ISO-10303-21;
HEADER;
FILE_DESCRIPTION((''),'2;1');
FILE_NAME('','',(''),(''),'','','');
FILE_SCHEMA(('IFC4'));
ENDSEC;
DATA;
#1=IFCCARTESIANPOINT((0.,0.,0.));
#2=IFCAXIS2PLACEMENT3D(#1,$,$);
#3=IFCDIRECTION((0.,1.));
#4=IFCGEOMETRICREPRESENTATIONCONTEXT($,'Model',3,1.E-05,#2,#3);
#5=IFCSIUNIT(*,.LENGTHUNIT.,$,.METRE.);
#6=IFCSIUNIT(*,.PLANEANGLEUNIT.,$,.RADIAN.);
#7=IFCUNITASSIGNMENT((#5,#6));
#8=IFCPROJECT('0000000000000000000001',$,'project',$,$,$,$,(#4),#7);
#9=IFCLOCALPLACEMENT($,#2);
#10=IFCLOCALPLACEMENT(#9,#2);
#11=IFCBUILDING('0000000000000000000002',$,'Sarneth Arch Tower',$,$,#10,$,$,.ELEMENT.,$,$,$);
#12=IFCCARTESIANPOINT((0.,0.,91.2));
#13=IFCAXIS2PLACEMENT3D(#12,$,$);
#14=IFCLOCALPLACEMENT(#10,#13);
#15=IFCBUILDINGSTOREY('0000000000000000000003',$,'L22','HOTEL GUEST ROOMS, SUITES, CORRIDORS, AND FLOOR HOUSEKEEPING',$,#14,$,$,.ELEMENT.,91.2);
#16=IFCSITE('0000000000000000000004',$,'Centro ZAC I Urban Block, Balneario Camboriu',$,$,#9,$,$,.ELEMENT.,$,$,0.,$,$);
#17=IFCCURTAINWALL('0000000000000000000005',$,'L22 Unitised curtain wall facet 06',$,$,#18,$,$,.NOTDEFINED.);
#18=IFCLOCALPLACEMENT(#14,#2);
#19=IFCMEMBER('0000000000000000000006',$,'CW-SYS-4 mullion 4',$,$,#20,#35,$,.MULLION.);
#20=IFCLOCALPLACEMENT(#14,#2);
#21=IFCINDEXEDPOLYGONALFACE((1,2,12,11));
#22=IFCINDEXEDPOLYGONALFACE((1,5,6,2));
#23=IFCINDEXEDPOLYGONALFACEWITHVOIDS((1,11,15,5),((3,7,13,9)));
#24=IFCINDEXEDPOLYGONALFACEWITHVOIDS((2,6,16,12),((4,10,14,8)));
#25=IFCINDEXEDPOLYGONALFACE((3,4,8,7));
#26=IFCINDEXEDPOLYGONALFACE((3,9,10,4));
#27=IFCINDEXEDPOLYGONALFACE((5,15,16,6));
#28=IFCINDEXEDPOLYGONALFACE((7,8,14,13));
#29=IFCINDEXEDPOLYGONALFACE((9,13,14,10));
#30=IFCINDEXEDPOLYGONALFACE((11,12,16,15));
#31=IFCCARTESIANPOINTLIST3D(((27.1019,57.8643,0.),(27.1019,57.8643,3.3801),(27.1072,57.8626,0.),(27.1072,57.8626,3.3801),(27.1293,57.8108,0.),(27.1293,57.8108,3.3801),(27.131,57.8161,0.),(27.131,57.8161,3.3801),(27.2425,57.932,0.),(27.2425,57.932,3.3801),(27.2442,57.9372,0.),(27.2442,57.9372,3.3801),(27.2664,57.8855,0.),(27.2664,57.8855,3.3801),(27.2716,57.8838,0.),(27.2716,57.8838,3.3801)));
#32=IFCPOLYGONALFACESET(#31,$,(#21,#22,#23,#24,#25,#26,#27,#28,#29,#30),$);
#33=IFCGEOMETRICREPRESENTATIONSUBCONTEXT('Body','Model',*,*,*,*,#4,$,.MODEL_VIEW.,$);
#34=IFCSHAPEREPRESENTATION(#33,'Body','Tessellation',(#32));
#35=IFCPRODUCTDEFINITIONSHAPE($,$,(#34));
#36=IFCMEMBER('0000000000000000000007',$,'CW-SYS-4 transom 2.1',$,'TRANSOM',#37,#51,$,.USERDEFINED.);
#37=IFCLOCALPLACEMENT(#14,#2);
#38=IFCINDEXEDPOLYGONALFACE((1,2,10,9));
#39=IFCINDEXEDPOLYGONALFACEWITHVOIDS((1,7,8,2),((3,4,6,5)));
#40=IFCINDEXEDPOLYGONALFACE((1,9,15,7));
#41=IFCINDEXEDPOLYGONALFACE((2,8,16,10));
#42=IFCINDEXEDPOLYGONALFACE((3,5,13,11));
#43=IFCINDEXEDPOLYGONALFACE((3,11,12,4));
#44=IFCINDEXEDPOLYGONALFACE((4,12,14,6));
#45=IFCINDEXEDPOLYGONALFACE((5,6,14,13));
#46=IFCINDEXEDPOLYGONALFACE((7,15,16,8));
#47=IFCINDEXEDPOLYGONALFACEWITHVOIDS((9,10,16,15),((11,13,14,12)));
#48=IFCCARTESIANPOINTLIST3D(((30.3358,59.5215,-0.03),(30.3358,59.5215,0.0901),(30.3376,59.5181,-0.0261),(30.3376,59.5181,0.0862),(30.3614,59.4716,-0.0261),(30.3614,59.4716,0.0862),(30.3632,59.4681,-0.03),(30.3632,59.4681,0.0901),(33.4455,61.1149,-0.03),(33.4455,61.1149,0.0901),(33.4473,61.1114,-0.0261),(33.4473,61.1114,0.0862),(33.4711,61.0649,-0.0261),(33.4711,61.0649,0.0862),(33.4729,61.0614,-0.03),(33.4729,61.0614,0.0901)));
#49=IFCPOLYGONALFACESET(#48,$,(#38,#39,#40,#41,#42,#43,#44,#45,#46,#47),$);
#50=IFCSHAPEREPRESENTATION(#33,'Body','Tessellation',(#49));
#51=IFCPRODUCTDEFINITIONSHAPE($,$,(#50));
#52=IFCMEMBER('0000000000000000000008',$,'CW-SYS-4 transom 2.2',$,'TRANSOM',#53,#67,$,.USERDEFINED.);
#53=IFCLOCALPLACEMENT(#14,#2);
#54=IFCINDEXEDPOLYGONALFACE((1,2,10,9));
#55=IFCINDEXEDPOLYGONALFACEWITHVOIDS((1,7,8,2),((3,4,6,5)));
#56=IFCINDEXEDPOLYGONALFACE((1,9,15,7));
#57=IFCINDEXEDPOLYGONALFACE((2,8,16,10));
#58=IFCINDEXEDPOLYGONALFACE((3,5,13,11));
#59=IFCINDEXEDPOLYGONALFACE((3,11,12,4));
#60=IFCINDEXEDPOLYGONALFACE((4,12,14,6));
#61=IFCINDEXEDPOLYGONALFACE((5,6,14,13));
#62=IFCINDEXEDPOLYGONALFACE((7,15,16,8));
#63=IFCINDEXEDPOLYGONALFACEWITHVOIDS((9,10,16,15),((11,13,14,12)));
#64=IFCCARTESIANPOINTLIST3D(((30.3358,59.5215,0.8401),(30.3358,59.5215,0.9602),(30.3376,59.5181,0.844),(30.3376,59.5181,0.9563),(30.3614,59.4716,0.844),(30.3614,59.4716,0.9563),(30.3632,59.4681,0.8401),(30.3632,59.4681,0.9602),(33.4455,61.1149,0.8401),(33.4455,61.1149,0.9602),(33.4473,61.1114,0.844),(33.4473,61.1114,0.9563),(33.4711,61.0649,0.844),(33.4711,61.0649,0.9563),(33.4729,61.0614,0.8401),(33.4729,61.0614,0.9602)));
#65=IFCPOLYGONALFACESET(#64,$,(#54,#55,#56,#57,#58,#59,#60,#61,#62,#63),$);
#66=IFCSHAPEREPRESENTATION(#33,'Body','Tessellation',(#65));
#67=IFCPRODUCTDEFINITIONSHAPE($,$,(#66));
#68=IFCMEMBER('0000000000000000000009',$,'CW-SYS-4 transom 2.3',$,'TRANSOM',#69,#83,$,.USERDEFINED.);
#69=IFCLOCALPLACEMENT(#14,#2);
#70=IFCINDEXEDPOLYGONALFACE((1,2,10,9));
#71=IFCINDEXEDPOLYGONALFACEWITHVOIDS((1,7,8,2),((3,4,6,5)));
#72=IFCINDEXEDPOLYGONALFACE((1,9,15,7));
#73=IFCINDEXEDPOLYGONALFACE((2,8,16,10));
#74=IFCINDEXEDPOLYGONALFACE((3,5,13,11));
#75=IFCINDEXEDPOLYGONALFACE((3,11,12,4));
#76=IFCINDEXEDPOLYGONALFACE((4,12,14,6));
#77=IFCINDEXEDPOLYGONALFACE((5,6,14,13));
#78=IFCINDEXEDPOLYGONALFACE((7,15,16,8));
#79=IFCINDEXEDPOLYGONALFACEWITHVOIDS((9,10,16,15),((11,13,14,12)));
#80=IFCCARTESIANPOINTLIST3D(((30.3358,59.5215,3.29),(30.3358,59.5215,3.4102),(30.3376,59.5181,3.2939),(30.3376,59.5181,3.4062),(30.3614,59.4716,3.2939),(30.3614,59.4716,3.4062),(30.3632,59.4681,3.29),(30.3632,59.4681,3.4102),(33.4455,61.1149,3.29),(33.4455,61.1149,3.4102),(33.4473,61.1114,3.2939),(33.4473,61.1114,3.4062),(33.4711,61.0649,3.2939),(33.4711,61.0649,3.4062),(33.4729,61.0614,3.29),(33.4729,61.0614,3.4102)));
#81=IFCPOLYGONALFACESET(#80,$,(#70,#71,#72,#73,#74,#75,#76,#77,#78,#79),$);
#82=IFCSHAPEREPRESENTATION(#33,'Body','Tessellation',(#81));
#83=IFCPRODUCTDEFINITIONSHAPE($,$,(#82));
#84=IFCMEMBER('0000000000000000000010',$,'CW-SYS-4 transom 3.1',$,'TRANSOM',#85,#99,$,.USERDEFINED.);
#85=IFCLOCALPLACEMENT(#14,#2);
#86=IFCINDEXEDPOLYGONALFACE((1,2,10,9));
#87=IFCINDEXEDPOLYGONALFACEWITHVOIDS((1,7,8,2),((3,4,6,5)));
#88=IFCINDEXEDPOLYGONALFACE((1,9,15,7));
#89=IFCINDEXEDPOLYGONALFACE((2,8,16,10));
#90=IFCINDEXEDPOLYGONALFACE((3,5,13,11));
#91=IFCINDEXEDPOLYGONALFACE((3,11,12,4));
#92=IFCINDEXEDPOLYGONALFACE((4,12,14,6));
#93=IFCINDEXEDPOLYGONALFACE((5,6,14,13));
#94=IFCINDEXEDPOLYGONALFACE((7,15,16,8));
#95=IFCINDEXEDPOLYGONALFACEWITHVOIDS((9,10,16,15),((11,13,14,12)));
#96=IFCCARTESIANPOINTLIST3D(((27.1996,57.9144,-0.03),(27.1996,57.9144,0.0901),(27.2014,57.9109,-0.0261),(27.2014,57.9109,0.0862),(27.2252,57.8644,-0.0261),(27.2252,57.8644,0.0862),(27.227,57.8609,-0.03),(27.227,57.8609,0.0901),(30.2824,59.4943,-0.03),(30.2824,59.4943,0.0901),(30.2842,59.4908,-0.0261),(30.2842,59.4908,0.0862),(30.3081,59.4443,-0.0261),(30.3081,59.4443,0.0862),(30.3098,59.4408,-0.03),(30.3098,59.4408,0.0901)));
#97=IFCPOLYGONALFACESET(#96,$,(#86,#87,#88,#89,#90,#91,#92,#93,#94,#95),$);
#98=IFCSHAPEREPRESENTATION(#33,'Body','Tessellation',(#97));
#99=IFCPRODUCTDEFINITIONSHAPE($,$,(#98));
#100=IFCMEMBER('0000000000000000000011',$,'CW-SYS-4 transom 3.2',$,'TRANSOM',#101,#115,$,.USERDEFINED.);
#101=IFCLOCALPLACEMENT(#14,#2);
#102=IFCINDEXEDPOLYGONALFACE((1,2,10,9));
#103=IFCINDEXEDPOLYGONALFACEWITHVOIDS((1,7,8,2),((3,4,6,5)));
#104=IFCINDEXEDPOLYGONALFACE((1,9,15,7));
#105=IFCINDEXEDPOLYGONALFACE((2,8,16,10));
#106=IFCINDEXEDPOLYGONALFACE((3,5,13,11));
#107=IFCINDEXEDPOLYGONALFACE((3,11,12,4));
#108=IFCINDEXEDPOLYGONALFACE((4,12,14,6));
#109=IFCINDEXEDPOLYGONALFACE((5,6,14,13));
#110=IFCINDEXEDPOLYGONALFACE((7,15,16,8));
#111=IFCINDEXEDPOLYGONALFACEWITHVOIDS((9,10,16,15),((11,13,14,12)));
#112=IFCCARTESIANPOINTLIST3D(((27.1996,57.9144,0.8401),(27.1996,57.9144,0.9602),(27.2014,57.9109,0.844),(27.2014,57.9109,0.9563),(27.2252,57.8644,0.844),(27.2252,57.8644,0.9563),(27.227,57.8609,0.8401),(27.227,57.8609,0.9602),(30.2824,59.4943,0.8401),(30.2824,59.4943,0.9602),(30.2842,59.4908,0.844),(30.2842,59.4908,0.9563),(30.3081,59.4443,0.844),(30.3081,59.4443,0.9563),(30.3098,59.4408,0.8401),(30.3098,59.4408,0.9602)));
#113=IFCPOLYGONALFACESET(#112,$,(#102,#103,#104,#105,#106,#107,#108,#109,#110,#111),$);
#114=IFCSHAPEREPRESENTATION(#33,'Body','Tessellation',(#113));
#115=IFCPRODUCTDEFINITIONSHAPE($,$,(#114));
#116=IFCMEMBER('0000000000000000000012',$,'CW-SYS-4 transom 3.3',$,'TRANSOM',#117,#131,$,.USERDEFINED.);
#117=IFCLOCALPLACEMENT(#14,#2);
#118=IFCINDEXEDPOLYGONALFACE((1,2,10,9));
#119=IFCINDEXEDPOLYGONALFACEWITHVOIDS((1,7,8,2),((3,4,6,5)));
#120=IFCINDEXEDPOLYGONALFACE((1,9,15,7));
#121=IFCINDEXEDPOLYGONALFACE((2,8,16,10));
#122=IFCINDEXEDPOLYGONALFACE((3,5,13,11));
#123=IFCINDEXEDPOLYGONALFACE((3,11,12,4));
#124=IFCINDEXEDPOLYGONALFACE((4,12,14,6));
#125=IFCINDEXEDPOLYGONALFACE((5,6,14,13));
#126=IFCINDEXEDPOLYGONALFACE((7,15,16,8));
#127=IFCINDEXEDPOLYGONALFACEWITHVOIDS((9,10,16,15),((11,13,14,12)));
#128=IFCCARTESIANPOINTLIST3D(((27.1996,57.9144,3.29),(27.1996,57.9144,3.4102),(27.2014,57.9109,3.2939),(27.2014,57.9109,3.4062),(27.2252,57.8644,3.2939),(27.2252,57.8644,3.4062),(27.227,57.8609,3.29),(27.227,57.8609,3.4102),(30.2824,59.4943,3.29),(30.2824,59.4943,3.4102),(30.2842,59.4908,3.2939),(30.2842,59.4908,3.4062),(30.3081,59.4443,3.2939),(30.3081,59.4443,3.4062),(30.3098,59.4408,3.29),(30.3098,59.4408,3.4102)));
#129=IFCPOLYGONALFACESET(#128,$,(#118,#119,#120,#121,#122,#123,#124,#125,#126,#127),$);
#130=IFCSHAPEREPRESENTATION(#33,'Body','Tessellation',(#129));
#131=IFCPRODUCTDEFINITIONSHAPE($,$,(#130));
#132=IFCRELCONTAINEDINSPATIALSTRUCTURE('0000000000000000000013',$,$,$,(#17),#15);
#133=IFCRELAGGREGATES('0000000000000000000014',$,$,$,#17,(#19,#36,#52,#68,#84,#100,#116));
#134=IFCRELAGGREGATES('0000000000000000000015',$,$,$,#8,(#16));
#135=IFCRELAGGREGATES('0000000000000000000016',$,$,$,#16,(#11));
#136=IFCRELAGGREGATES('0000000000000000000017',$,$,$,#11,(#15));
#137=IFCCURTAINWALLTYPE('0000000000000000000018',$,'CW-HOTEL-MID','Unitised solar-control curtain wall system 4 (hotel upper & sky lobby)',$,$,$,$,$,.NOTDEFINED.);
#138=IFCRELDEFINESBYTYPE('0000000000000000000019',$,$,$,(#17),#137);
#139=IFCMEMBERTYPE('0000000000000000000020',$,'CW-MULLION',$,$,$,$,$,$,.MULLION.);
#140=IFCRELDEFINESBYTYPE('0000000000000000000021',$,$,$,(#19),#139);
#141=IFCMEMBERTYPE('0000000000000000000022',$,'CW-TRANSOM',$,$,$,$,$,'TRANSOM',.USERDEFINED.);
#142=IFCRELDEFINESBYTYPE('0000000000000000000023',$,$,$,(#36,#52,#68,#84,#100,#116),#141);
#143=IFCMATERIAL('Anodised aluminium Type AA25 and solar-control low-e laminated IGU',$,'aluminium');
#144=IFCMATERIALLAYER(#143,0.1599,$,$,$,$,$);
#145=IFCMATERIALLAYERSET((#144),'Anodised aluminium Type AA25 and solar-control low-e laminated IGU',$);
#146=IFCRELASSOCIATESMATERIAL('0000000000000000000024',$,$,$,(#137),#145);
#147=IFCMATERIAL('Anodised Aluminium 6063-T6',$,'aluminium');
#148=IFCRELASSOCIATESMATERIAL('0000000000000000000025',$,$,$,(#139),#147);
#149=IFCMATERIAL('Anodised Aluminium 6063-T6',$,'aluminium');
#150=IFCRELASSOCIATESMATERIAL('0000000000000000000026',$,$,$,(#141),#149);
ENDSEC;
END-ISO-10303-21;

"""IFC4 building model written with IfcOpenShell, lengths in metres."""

from ifc_helpers import new_model, si_unit, direction, frame, origin, origin_2d, place, context, subcontext, project, spatial, hollow_rectangle, extrude, material, layer, layer_set, material_profile, profile_set, type_object, element, aggregate, save


model = new_model("IFC4")

# Units and contexts
model_context = context("Model", 3, precision=1e-05, world=origin(), true_north=direction((0.0, 1.0)))
body_context = subcontext(model_context, "Body", "Model", "MODEL_VIEW")
ifc_project = project(units=[si_unit("LENGTHUNIT", "METRE"), si_unit("PLANEANGLEUNIT", "RADIAN")], contexts=[model_context])

# Site, building, storey
site_placement = place(None, origin())
site = spatial("IfcSite", under=ifc_project, at=site_placement, Name="Centro ZAC I Urban Block, Balneario Camboriu", CompositionType="ELEMENT", RefElevation=0.0)
building_placement = place(site_placement, origin())
building = spatial("IfcBuilding", under=site, at=building_placement, Name="Sarneth Arch Tower", CompositionType="ELEMENT")
storey_placement = place(building_placement, frame((0.0, 0.0, 91.2)))
storey = spatial("IfcBuildingStorey", under=building, at=storey_placement, Name="L22", Description="HOTEL GUEST ROOMS, SUITES, CORRIDORS, AND FLOOR HOUSEKEEPING", CompositionType="ELEMENT", Elevation=91.2)

# Curtain wall, members
ifc_material_1 = material(Name="Anodised aluminium Type AA25 and solar-control low-e laminated IGU", Category="aluminium")
ifc_layer_1 = layer(ifc_material_1, 0.1599)
ifc_layer_set_1 = layer_set([ifc_layer_1], Name="Anodised aluminium Type AA25 and solar-control low-e laminated IGU")
curtain_wall_type = type_object("IfcCurtainWallType", Name="CW-HOTEL-MID", Description="Unitised solar-control curtain wall system 4 (hotel upper & sky lobby)", PredefinedType="NOTDEFINED", material=ifc_layer_set_1)
curtain_wall_placement = place(storey_placement, origin())
curtain_wall = element("IfcCurtainWall", 1, at=curtain_wall_placement, inside=storey, type_object=curtain_wall_type, Name="L22 Unitised curtain wall facet 06", PredefinedType="NOTDEFINED")
ifc_material_2 = material(Name="Anodised Aluminium 6063-T6", Category="aluminium")
ifc_material_profile_1 = material_profile(ifc_material_2, hollow_rectangle(XDim=0.0601, YDim=0.1599, WallThickness=0.0039, at=origin_2d()), Name="AL-MULL-160x60x4")
ifc_profile_set_1 = profile_set([ifc_material_profile_1], Name="Anodised Aluminium 6063-T6")
member_type_1 = type_object("IfcMemberType", Name="CW-MULLION", PredefinedType="MULLION", material=ifc_profile_set_1)
member_1_placement = place(storey_placement, frame((27.1868, 57.874, 0.0), z_axis=(0.0, 0.0, 1.0), x_axis=(0.456031, -0.889964, 0.0)))
member_1 = element("IfcMember", 2, at=member_1_placement, type_object=member_type_1, Name="CW-SYS-4 mullion 4", PredefinedType="MULLION", context=body_context, shape_type="SweptSolid", body=[
    extrude(hollow_rectangle(XDim=0.0601, YDim=0.1599, WallThickness=0.0039, at=origin_2d()), origin(), (0.0, 0.0, 1.0), 3.3801),
])
ifc_material_3 = material(Name="Anodised Aluminium 6063-T6", Category="aluminium")
ifc_material_profile_2 = material_profile(ifc_material_3, hollow_rectangle(XDim=0.0601, YDim=0.1201, WallThickness=0.0039, at=origin_2d()), Name="AL-TRAN-120x60x4")
ifc_profile_set_2 = profile_set([ifc_material_profile_2], Name="Anodised Aluminium 6063-T6")
member_type_2 = type_object("IfcMemberType", Name="CW-TRANSOM", ElementType="TRANSOM", PredefinedType="USERDEFINED", material=ifc_profile_set_2)
member_2_placement = place(storey_placement, frame((33.4592, 61.0881, 0.03), z_axis=(-0.889982, -0.455996, 0.0), x_axis=(0.455996, -0.889982, 0.0)))
member_2 = element("IfcMember", 3, at=member_2_placement, type_object=member_type_2, Name="CW-SYS-4 transom 2.1", ObjectType="TRANSOM", PredefinedType="USERDEFINED", context=body_context, shape_type="SweptSolid", body=[
    extrude(hollow_rectangle(XDim=0.0601, YDim=0.1201, WallThickness=0.0039, at=origin_2d()), origin(), (0.0, 0.0, 1.0), 3.4941),
])
member_3_placement = place(storey_placement, frame((33.4592, 61.0881, 0.9001), z_axis=(-0.889982, -0.455996, 0.0), x_axis=(0.455996, -0.889982, 0.0)))
member_3 = element("IfcMember", 4, at=member_3_placement, type_object=member_type_2, Name="CW-SYS-4 transom 2.2", ObjectType="TRANSOM", PredefinedType="USERDEFINED", context=body_context, shape_type="SweptSolid", body=[
    extrude(hollow_rectangle(XDim=0.0601, YDim=0.1201, WallThickness=0.0039, at=origin_2d()), origin(), (0.0, 0.0, 1.0), 3.4941),
])
member_4_placement = place(storey_placement, frame((33.4592, 61.0881, 3.3501), z_axis=(-0.889982, -0.455996, 0.0), x_axis=(0.455996, -0.889982, 0.0)))
member_4 = element("IfcMember", 5, at=member_4_placement, type_object=member_type_2, Name="CW-SYS-4 transom 2.3", ObjectType="TRANSOM", PredefinedType="USERDEFINED", context=body_context, shape_type="SweptSolid", body=[
    extrude(hollow_rectangle(XDim=0.0601, YDim=0.1201, WallThickness=0.0039, at=origin_2d()), origin(), (0.0, 0.0, 1.0), 3.4941),
])
member_5_placement = place(storey_placement, frame((30.2961, 59.4675, 0.03), z_axis=(-0.889943, -0.456072, 0.0), x_axis=(0.456072, -0.889943, 0.0)))
member_5 = element("IfcMember", 6, at=member_5_placement, type_object=member_type_2, Name="CW-SYS-4 transom 3.1", ObjectType="TRANSOM", PredefinedType="USERDEFINED", context=body_context, shape_type="SweptSolid", body=[
    extrude(hollow_rectangle(XDim=0.0601, YDim=0.1201, WallThickness=0.0039, at=origin_2d()), origin(), (0.0, 0.0, 1.0), 3.4641),
])
member_6_placement = place(storey_placement, frame((30.2961, 59.4675, 0.9001), z_axis=(-0.889943, -0.456072, 0.0), x_axis=(0.456072, -0.889943, 0.0)))
member_6 = element("IfcMember", 7, at=member_6_placement, type_object=member_type_2, Name="CW-SYS-4 transom 3.2", ObjectType="TRANSOM", PredefinedType="USERDEFINED", context=body_context, shape_type="SweptSolid", body=[
    extrude(hollow_rectangle(XDim=0.0601, YDim=0.1201, WallThickness=0.0039, at=origin_2d()), origin(), (0.0, 0.0, 1.0), 3.4641),
])
member_7_placement = place(storey_placement, frame((30.2961, 59.4675, 3.3501), z_axis=(-0.889943, -0.456072, 0.0), x_axis=(0.456072, -0.889943, 0.0)))
member_7 = element("IfcMember", 8, at=member_7_placement, type_object=member_type_2, Name="CW-SYS-4 transom 3.3", ObjectType="TRANSOM", PredefinedType="USERDEFINED", context=body_context, shape_type="SweptSolid", body=[
    extrude(hollow_rectangle(XDim=0.0601, YDim=0.1201, WallThickness=0.0039, at=origin_2d()), origin(), (0.0, 0.0, 1.0), 3.4641),
])

aggregate(curtain_wall, [member_1, member_2, member_3, member_4, member_5, member_6, member_7])

save(model, "model.ifc")
